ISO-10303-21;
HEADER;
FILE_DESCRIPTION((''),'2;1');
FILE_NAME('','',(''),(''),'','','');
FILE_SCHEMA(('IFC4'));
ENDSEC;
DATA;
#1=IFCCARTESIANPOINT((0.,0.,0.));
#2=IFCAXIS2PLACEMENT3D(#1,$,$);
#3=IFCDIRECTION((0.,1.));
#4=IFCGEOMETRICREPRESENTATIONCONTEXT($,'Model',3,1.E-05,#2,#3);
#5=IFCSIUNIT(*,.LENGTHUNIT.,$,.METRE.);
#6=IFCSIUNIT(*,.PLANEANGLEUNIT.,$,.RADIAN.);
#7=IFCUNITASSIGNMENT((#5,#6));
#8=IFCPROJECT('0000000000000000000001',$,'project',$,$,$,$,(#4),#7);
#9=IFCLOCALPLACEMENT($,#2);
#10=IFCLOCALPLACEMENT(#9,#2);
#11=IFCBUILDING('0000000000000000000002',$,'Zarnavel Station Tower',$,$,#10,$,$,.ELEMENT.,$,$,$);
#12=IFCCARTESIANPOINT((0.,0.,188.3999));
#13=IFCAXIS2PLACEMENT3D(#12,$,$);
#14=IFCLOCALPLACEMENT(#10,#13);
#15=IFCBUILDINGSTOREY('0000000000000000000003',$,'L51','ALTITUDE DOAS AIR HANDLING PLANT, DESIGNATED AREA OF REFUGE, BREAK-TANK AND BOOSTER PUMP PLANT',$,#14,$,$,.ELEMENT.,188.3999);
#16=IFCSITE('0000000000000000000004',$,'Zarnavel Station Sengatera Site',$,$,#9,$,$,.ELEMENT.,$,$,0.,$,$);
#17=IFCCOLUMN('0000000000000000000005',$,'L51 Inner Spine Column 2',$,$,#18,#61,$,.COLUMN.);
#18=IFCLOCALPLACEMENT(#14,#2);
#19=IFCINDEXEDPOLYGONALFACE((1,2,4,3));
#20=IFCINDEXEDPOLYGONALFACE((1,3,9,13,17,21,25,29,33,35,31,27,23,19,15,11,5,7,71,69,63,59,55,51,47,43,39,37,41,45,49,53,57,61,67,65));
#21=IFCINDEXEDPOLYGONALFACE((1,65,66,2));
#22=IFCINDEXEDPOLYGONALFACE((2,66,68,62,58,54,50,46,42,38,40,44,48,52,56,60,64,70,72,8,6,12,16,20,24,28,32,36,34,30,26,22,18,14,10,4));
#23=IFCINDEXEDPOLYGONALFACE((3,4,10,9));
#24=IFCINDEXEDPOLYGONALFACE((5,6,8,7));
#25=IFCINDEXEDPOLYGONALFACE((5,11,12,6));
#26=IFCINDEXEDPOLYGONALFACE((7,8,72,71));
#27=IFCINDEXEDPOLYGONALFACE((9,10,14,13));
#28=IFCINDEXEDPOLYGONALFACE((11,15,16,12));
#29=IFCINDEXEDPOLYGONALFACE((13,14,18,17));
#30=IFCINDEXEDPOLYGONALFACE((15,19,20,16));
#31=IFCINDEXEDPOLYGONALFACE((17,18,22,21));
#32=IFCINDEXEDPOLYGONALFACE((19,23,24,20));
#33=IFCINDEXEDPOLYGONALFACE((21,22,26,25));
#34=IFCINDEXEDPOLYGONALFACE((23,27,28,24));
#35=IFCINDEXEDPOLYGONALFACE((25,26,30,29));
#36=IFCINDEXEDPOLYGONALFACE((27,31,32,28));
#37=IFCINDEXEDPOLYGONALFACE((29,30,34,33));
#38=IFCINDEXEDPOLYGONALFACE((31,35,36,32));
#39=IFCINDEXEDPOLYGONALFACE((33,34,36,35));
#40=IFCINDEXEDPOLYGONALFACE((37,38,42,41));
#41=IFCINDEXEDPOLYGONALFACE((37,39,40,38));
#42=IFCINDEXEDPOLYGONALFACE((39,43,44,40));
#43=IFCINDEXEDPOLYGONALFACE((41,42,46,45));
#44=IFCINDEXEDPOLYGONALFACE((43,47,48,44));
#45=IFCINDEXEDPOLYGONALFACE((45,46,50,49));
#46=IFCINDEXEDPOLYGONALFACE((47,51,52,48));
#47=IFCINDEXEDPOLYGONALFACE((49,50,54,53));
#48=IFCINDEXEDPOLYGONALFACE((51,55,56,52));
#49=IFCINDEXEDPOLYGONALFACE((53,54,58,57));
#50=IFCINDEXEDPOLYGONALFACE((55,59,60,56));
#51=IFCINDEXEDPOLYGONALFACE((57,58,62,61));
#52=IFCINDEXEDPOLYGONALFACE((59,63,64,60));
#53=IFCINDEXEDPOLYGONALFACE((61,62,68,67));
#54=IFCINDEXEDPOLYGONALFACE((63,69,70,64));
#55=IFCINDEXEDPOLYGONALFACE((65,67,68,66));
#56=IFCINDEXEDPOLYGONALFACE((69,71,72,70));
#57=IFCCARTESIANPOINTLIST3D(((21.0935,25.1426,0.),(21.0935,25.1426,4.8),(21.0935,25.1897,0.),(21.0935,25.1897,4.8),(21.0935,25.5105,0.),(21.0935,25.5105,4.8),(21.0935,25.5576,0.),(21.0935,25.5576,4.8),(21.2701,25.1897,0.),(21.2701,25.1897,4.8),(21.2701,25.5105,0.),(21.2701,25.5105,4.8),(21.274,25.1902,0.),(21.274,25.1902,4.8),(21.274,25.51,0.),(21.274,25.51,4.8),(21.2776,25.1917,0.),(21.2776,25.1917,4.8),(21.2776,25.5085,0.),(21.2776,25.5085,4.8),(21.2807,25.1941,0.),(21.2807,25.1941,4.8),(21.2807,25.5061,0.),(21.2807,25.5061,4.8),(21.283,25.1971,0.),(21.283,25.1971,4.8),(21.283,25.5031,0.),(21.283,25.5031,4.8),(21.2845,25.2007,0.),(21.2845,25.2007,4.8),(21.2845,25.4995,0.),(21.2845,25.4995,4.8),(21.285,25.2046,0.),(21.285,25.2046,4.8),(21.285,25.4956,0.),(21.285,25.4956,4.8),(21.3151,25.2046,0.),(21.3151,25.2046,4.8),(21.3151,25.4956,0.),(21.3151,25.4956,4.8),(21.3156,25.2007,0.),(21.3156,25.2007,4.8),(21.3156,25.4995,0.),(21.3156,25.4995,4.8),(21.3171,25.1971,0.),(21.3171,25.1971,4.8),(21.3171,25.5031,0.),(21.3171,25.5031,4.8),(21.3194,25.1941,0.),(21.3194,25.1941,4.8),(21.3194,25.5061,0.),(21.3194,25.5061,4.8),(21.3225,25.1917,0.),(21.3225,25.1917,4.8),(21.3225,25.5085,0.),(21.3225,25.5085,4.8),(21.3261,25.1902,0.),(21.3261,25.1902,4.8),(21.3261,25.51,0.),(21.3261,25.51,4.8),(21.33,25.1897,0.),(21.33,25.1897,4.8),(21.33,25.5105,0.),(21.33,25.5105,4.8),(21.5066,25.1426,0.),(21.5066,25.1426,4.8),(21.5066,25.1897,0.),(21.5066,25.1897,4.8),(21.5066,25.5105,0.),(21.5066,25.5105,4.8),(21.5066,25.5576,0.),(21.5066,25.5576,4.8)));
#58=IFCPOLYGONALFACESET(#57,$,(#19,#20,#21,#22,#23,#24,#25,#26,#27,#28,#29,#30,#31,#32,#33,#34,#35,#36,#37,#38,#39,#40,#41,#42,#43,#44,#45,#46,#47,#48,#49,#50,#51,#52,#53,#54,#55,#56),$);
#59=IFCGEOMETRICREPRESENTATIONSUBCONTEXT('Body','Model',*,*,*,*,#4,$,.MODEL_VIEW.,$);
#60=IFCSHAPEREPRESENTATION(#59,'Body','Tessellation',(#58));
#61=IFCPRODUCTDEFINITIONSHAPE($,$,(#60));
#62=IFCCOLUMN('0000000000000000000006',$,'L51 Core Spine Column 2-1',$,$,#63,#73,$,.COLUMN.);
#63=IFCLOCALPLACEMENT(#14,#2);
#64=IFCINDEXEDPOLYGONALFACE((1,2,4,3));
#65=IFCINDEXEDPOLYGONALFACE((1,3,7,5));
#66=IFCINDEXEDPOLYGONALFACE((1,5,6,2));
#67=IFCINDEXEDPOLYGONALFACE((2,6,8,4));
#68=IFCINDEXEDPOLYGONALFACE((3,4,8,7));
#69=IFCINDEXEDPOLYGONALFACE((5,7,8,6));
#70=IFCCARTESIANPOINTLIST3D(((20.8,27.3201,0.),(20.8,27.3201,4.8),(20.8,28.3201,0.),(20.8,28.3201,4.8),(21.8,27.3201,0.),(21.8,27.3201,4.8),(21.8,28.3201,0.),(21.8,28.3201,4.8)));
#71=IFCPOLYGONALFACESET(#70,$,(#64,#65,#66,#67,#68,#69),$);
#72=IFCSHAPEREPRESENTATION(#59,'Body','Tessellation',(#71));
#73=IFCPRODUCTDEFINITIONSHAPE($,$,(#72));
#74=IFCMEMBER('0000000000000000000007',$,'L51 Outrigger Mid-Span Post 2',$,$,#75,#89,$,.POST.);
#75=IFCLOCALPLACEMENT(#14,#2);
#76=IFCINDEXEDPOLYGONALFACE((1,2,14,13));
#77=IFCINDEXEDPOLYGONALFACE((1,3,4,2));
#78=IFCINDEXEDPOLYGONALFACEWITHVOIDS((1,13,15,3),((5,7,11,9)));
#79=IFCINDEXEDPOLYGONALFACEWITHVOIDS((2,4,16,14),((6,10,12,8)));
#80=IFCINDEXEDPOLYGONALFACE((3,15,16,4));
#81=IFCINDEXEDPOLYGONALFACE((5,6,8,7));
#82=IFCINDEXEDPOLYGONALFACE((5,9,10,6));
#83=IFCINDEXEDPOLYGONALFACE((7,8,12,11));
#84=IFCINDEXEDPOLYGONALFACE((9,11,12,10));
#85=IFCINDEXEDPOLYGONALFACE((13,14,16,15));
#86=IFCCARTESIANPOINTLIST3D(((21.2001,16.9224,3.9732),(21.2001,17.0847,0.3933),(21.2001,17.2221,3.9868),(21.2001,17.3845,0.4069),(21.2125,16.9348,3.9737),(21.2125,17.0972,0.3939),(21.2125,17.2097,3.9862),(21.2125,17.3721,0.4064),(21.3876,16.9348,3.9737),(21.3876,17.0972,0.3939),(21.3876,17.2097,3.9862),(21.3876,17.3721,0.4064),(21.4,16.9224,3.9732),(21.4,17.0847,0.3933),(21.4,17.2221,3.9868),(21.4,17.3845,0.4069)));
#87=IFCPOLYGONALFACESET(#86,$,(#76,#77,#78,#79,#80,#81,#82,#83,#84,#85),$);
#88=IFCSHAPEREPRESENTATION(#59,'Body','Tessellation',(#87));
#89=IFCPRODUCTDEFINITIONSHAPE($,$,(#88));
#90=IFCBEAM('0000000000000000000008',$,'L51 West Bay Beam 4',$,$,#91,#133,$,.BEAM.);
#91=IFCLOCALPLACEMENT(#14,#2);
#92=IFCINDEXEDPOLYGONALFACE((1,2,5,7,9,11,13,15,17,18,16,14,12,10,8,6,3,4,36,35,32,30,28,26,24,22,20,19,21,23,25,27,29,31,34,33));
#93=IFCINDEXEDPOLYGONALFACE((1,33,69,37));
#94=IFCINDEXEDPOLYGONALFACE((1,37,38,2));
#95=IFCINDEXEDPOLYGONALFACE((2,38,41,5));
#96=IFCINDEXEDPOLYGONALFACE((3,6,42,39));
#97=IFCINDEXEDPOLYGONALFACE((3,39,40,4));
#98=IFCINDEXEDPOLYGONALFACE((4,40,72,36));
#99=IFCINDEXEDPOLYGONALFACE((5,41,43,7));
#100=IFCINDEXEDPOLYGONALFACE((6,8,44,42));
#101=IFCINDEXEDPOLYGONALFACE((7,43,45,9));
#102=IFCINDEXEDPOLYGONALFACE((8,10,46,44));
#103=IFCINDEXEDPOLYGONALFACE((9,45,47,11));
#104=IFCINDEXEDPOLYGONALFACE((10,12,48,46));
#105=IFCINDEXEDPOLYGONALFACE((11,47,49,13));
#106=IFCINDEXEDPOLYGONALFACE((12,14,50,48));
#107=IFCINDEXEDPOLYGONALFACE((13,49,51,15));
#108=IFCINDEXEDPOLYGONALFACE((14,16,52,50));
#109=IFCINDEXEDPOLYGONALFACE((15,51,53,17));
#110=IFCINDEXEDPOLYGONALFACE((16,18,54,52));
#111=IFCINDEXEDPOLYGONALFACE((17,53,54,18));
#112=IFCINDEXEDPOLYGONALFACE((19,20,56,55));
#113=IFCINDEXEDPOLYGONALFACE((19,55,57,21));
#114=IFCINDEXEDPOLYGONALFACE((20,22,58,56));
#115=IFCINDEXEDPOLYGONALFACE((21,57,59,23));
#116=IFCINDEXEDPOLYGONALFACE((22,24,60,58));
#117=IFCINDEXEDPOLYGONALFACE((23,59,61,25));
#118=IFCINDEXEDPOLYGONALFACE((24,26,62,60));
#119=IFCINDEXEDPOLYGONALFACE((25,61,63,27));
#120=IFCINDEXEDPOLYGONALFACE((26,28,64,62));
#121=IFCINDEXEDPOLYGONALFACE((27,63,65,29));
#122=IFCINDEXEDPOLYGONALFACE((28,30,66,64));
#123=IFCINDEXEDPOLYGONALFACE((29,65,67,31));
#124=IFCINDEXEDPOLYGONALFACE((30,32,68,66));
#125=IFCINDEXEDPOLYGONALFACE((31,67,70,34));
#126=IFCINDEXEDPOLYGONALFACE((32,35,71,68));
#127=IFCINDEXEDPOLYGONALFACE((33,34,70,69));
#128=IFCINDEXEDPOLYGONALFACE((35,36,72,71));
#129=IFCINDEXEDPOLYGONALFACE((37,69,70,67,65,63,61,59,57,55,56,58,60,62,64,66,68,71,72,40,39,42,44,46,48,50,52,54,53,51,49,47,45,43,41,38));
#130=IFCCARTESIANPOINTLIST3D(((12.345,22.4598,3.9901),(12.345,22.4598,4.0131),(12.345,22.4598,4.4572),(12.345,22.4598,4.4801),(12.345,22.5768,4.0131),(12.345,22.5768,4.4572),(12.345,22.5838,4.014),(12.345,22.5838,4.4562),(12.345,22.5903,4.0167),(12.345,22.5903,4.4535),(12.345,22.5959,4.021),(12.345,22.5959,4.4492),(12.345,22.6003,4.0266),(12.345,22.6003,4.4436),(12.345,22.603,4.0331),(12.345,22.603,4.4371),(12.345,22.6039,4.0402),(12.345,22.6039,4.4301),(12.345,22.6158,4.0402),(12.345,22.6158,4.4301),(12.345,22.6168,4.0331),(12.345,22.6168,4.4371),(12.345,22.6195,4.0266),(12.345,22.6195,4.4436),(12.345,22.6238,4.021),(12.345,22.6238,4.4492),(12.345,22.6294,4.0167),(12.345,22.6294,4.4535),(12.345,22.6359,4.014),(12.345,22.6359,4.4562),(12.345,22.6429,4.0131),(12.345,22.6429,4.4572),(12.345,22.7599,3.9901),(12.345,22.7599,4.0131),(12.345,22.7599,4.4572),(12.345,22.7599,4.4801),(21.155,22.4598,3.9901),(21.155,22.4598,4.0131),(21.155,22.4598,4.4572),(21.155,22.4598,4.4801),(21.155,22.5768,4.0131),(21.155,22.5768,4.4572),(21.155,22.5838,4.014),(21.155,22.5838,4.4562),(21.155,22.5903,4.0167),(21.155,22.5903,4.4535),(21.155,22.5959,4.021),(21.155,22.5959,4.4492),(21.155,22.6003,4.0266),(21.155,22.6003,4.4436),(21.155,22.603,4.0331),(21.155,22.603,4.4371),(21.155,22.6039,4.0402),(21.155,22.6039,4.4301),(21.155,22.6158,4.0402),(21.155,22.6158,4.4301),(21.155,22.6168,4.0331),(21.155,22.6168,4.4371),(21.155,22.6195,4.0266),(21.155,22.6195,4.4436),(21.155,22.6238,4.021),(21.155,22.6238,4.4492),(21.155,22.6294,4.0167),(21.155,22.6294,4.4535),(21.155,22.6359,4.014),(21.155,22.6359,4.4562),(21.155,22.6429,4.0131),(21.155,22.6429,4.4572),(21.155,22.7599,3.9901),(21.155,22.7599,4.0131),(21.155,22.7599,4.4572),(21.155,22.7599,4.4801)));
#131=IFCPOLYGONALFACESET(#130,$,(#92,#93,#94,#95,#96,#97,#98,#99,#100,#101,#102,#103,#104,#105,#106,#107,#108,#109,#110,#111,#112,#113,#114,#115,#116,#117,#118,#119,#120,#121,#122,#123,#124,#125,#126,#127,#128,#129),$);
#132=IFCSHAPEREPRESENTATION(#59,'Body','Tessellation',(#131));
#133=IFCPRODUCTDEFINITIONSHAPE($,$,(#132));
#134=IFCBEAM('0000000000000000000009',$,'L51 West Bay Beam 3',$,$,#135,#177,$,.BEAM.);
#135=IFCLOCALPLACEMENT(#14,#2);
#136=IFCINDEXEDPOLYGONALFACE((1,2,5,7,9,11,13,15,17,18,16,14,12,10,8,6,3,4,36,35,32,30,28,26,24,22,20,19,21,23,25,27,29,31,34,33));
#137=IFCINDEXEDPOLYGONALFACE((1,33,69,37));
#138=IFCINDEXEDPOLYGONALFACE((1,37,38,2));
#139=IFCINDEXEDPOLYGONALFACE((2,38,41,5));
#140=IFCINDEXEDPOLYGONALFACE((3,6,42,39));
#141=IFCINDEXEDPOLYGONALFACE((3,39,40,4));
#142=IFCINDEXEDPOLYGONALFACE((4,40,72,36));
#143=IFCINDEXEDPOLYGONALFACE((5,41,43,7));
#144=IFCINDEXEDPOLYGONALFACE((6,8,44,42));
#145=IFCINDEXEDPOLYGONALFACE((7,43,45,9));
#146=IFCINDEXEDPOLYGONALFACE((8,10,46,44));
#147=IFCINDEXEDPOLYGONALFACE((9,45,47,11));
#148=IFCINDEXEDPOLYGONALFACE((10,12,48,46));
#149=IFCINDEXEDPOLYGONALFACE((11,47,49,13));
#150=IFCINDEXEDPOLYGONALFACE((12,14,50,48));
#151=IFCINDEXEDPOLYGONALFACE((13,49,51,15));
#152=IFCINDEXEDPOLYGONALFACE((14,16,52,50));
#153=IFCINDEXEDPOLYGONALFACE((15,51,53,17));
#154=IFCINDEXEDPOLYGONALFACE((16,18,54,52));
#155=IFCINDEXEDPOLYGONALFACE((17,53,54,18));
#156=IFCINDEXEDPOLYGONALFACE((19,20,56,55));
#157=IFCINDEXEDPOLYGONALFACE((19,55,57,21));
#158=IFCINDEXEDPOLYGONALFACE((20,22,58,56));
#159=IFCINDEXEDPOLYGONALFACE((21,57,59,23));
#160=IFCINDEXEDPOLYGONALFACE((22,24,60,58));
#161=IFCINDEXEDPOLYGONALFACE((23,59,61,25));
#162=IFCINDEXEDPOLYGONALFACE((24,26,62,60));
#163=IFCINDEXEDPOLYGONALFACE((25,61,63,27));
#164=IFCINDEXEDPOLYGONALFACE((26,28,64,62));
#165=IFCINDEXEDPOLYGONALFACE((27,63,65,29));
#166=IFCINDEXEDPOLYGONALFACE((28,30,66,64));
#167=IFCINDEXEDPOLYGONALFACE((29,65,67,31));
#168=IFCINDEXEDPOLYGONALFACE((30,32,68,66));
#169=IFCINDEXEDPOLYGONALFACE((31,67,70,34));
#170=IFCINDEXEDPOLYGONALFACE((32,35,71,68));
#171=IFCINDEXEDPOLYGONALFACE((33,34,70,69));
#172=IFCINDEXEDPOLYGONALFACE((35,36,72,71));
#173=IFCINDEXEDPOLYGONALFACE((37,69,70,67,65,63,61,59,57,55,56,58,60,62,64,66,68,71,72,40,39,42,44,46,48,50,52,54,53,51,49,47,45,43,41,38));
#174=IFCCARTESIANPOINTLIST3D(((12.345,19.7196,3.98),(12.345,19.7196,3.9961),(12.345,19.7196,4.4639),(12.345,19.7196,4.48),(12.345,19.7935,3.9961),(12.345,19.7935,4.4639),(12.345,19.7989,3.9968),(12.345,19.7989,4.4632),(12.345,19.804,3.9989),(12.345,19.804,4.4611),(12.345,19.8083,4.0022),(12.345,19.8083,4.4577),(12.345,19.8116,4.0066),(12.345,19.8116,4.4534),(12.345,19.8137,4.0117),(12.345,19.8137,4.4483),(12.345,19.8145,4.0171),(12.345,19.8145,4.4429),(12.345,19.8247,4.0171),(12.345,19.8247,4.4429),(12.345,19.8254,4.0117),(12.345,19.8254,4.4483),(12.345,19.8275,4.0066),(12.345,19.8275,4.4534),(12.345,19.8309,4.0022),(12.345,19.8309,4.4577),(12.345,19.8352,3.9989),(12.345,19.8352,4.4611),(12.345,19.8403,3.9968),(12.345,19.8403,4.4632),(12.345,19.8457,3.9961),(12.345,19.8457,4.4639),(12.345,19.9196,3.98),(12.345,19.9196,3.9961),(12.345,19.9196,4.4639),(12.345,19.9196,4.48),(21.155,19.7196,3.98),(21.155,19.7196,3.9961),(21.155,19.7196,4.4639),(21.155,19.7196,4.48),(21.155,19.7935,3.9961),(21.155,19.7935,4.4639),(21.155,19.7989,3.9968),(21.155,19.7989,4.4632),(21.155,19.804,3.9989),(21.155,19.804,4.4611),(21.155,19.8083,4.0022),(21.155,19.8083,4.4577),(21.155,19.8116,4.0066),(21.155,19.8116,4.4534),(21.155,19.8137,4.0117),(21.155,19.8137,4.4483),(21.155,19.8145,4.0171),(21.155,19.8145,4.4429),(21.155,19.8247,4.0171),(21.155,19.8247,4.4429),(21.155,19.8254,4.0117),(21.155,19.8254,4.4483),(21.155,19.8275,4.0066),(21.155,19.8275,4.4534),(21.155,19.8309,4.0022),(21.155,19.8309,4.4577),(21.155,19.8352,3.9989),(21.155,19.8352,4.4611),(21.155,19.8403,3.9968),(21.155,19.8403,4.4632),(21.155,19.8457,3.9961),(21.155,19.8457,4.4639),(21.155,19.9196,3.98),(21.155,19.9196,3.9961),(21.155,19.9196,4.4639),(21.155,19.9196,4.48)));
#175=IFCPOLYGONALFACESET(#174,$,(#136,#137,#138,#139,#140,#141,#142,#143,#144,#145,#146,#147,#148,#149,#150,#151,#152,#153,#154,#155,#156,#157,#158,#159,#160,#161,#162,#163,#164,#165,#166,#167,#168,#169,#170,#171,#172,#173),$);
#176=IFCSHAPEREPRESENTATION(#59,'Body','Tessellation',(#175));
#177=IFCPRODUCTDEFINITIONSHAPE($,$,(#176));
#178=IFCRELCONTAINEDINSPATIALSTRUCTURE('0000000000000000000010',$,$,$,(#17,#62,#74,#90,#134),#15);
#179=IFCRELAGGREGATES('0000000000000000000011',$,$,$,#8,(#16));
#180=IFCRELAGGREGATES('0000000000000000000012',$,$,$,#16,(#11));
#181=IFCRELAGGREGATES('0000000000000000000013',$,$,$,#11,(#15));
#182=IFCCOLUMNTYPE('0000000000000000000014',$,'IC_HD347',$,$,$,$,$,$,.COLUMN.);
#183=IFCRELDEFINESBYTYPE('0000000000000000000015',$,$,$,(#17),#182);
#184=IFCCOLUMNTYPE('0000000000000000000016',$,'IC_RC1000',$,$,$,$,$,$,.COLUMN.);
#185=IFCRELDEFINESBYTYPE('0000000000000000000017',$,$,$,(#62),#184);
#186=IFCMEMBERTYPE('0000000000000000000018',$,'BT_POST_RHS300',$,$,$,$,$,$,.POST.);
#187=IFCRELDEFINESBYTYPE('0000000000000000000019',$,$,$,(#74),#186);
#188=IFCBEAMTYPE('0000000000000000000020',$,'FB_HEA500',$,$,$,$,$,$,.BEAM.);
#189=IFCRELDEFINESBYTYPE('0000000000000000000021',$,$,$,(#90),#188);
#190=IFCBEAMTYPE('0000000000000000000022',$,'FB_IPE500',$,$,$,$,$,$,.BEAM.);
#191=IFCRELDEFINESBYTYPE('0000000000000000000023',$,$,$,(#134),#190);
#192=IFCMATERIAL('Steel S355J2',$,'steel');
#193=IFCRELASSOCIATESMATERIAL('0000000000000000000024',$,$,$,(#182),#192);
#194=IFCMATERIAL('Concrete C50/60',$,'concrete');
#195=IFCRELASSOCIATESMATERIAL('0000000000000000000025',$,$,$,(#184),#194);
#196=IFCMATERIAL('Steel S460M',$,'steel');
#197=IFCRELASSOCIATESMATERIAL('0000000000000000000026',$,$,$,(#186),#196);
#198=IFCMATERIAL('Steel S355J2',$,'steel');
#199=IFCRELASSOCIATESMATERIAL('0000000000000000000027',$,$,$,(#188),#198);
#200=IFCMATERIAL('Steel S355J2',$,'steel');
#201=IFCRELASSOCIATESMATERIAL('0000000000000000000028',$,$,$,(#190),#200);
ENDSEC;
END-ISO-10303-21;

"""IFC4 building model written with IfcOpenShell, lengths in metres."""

from ifc_helpers import new_model, si_unit, direction, frame, origin, origin_2d, place, context, subcontext, project, spatial, rectangle, hollow_rectangle, i_section, extrude, material, material_profile, profile_set, type_object, element, save


model = new_model("IFC4")

# Units and contexts
model_context = context("Model", 3, precision=1e-05, world=origin(), true_north=direction((0.0, 1.0)))
body_context = subcontext(model_context, "Body", "Model", "MODEL_VIEW")
ifc_project = project(units=[si_unit("LENGTHUNIT", "METRE"), si_unit("PLANEANGLEUNIT", "RADIAN")], contexts=[model_context])

# Site, building, storey
site_placement = place(None, origin())
site = spatial("IfcSite", under=ifc_project, at=site_placement, Name="Zarnavel Station Sengatera Site", CompositionType="ELEMENT", RefElevation=0.0)
building_placement = place(site_placement, origin())
building = spatial("IfcBuilding", under=site, at=building_placement, Name="Zarnavel Station Tower", CompositionType="ELEMENT")
storey_placement = place(building_placement, frame((0.0, 0.0, 188.3999)))
storey = spatial("IfcBuildingStorey", under=building, at=storey_placement, Name="L51", Description="ALTITUDE DOAS AIR HANDLING PLANT, DESIGNATED AREA OF REFUGE, BREAK-TANK AND BOOSTER PUMP PLANT", CompositionType="ELEMENT", Elevation=188.3999)

# Columns
ifc_material_1 = material(Name="Steel S355J2", Category="steel")
ifc_material_profile_1 = material_profile(ifc_material_1, i_section(OverallWidth=0.4131, OverallDepth=0.415, WebThickness=0.03, FlangeThickness=0.0471, FilletRadius=0.0149, at=origin_2d()), Name="HD400x347")
ifc_profile_set_1 = profile_set([ifc_material_profile_1], Name="Steel S355J2")
column_type_1 = type_object("IfcColumnType", Name="IC_HD347", PredefinedType="COLUMN", material=ifc_profile_set_1)
column_1_placement = place(storey_placement, frame((21.3, 25.3501, 0.0), z_axis=(0.0, 0.0, 1.0), x_axis=(1.0, 0.0, 0.0)))
element("IfcColumn", 1, at=column_1_placement, inside=storey, type_object=column_type_1, Name="L51 Inner Spine Column 2", PredefinedType="COLUMN", context=body_context, shape_type="SweptSolid", body=[
    extrude(i_section(OverallWidth=0.4131, OverallDepth=0.415, WebThickness=0.03, FlangeThickness=0.0471, FilletRadius=0.0149, at=origin_2d()), origin(), (0.0, 0.0, 1.0), 4.8),
])
ifc_material_2 = material(Name="Concrete C50/60", Category="concrete")
ifc_material_profile_2 = material_profile(ifc_material_2, rectangle(XDim=1.0, YDim=1.0, at=origin_2d()), Name="RC1000x1000")
ifc_profile_set_2 = profile_set([ifc_material_profile_2], Name="Concrete C50/60")
column_type_2 = type_object("IfcColumnType", Name="IC_RC1000", PredefinedType="COLUMN", material=ifc_profile_set_2)
column_2_placement = place(storey_placement, frame((21.3, 27.8201, 0.0), z_axis=(0.0, 0.0, 1.0), x_axis=(1.0, 0.0, 0.0)))
element("IfcColumn", 2, at=column_2_placement, inside=storey, type_object=column_type_2, Name="L51 Core Spine Column 2-1", PredefinedType="COLUMN", context=body_context, shape_type="SweptSolid", body=[
    extrude(rectangle(XDim=1.0, YDim=1.0, at=origin_2d()), origin(), (0.0, 0.0, 1.0), 4.8),
])

# Member
ifc_material_3 = material(Name="Steel S460M", Category="steel")
ifc_material_profile_3 = material_profile(ifc_material_3, hollow_rectangle(XDim=0.2, YDim=0.3, WallThickness=0.0125, at=origin_2d()), Name="RHS300x200x12.5")
ifc_profile_set_3 = profile_set([ifc_material_profile_3], Name="Steel S460M")
member_type_1 = type_object("IfcMemberType", Name="BT_POST_RHS300", PredefinedType="POST", material=ifc_profile_set_3)
member_1_placement = place(storey_placement, frame((21.3, 17.2346, 0.4001), z_axis=(0.0, -0.045306, 0.998973), x_axis=(1.0, 0.0, 0.0)))
element("IfcMember", 3, at=member_1_placement, inside=storey, type_object=member_type_1, Name="L51 Outrigger Mid-Span Post 2", PredefinedType="POST", context=body_context, shape_type="SweptSolid", body=[
    extrude(hollow_rectangle(XDim=0.2, YDim=0.3, WallThickness=0.0125, at=origin_2d()), origin(), (0.0, 0.0, 1.0), 3.5835),
])

# Beams
ifc_material_4 = material(Name="Steel S355J2", Category="steel")
ifc_material_profile_4 = material_profile(ifc_material_4, i_section(OverallWidth=0.3, OverallDepth=0.49, WebThickness=0.012, FlangeThickness=0.0229, FilletRadius=0.0271, at=origin_2d()), Name="HEA500")
ifc_profile_set_4 = profile_set([ifc_material_profile_4], Name="Steel S355J2")
beam_type_1 = type_object("IfcBeamType", Name="FB_HEA500", PredefinedType="BEAM", material=ifc_profile_set_4)
beam_1_placement = place(storey_placement, frame((12.345, 22.6099, 4.2351), z_axis=(1.0, 0.0, 0.0), x_axis=(0.0, 1.0, 0.0)))
element("IfcBeam", 4, at=beam_1_placement, inside=storey, type_object=beam_type_1, Name="L51 West Bay Beam 4", PredefinedType="BEAM", context=body_context, shape_type="SweptSolid", body=[
    extrude(i_section(OverallWidth=0.3, OverallDepth=0.49, WebThickness=0.012, FlangeThickness=0.0229, FilletRadius=0.0271, at=origin_2d()), origin(), (0.0, 0.0, 1.0), 8.8101),
])
ifc_material_5 = material(Name="Steel S355J2", Category="steel")
ifc_material_profile_5 = material_profile(ifc_material_5, i_section(OverallWidth=0.2, OverallDepth=0.5, WebThickness=0.0103, FlangeThickness=0.0161, FilletRadius=0.021, at=origin_2d()), Name="IPE500")
ifc_profile_set_5 = profile_set([ifc_material_profile_5], Name="Steel S355J2")
beam_type_2 = type_object("IfcBeamType", Name="FB_IPE500", PredefinedType="BEAM", material=ifc_profile_set_5)
beam_2_placement = place(storey_placement, frame((12.345, 19.8196, 4.23), z_axis=(1.0, 0.0, 0.0), x_axis=(0.0, 1.0, 0.0)))
element("IfcBeam", 5, at=beam_2_placement, inside=storey, type_object=beam_type_2, Name="L51 West Bay Beam 3", PredefinedType="BEAM", context=body_context, shape_type="SweptSolid", body=[
    extrude(i_section(OverallWidth=0.2, OverallDepth=0.5, WebThickness=0.0103, FlangeThickness=0.0161, FilletRadius=0.021, at=origin_2d()), origin(), (0.0, 0.0, 1.0), 8.8101),
])

save(model, "model.ifc")
